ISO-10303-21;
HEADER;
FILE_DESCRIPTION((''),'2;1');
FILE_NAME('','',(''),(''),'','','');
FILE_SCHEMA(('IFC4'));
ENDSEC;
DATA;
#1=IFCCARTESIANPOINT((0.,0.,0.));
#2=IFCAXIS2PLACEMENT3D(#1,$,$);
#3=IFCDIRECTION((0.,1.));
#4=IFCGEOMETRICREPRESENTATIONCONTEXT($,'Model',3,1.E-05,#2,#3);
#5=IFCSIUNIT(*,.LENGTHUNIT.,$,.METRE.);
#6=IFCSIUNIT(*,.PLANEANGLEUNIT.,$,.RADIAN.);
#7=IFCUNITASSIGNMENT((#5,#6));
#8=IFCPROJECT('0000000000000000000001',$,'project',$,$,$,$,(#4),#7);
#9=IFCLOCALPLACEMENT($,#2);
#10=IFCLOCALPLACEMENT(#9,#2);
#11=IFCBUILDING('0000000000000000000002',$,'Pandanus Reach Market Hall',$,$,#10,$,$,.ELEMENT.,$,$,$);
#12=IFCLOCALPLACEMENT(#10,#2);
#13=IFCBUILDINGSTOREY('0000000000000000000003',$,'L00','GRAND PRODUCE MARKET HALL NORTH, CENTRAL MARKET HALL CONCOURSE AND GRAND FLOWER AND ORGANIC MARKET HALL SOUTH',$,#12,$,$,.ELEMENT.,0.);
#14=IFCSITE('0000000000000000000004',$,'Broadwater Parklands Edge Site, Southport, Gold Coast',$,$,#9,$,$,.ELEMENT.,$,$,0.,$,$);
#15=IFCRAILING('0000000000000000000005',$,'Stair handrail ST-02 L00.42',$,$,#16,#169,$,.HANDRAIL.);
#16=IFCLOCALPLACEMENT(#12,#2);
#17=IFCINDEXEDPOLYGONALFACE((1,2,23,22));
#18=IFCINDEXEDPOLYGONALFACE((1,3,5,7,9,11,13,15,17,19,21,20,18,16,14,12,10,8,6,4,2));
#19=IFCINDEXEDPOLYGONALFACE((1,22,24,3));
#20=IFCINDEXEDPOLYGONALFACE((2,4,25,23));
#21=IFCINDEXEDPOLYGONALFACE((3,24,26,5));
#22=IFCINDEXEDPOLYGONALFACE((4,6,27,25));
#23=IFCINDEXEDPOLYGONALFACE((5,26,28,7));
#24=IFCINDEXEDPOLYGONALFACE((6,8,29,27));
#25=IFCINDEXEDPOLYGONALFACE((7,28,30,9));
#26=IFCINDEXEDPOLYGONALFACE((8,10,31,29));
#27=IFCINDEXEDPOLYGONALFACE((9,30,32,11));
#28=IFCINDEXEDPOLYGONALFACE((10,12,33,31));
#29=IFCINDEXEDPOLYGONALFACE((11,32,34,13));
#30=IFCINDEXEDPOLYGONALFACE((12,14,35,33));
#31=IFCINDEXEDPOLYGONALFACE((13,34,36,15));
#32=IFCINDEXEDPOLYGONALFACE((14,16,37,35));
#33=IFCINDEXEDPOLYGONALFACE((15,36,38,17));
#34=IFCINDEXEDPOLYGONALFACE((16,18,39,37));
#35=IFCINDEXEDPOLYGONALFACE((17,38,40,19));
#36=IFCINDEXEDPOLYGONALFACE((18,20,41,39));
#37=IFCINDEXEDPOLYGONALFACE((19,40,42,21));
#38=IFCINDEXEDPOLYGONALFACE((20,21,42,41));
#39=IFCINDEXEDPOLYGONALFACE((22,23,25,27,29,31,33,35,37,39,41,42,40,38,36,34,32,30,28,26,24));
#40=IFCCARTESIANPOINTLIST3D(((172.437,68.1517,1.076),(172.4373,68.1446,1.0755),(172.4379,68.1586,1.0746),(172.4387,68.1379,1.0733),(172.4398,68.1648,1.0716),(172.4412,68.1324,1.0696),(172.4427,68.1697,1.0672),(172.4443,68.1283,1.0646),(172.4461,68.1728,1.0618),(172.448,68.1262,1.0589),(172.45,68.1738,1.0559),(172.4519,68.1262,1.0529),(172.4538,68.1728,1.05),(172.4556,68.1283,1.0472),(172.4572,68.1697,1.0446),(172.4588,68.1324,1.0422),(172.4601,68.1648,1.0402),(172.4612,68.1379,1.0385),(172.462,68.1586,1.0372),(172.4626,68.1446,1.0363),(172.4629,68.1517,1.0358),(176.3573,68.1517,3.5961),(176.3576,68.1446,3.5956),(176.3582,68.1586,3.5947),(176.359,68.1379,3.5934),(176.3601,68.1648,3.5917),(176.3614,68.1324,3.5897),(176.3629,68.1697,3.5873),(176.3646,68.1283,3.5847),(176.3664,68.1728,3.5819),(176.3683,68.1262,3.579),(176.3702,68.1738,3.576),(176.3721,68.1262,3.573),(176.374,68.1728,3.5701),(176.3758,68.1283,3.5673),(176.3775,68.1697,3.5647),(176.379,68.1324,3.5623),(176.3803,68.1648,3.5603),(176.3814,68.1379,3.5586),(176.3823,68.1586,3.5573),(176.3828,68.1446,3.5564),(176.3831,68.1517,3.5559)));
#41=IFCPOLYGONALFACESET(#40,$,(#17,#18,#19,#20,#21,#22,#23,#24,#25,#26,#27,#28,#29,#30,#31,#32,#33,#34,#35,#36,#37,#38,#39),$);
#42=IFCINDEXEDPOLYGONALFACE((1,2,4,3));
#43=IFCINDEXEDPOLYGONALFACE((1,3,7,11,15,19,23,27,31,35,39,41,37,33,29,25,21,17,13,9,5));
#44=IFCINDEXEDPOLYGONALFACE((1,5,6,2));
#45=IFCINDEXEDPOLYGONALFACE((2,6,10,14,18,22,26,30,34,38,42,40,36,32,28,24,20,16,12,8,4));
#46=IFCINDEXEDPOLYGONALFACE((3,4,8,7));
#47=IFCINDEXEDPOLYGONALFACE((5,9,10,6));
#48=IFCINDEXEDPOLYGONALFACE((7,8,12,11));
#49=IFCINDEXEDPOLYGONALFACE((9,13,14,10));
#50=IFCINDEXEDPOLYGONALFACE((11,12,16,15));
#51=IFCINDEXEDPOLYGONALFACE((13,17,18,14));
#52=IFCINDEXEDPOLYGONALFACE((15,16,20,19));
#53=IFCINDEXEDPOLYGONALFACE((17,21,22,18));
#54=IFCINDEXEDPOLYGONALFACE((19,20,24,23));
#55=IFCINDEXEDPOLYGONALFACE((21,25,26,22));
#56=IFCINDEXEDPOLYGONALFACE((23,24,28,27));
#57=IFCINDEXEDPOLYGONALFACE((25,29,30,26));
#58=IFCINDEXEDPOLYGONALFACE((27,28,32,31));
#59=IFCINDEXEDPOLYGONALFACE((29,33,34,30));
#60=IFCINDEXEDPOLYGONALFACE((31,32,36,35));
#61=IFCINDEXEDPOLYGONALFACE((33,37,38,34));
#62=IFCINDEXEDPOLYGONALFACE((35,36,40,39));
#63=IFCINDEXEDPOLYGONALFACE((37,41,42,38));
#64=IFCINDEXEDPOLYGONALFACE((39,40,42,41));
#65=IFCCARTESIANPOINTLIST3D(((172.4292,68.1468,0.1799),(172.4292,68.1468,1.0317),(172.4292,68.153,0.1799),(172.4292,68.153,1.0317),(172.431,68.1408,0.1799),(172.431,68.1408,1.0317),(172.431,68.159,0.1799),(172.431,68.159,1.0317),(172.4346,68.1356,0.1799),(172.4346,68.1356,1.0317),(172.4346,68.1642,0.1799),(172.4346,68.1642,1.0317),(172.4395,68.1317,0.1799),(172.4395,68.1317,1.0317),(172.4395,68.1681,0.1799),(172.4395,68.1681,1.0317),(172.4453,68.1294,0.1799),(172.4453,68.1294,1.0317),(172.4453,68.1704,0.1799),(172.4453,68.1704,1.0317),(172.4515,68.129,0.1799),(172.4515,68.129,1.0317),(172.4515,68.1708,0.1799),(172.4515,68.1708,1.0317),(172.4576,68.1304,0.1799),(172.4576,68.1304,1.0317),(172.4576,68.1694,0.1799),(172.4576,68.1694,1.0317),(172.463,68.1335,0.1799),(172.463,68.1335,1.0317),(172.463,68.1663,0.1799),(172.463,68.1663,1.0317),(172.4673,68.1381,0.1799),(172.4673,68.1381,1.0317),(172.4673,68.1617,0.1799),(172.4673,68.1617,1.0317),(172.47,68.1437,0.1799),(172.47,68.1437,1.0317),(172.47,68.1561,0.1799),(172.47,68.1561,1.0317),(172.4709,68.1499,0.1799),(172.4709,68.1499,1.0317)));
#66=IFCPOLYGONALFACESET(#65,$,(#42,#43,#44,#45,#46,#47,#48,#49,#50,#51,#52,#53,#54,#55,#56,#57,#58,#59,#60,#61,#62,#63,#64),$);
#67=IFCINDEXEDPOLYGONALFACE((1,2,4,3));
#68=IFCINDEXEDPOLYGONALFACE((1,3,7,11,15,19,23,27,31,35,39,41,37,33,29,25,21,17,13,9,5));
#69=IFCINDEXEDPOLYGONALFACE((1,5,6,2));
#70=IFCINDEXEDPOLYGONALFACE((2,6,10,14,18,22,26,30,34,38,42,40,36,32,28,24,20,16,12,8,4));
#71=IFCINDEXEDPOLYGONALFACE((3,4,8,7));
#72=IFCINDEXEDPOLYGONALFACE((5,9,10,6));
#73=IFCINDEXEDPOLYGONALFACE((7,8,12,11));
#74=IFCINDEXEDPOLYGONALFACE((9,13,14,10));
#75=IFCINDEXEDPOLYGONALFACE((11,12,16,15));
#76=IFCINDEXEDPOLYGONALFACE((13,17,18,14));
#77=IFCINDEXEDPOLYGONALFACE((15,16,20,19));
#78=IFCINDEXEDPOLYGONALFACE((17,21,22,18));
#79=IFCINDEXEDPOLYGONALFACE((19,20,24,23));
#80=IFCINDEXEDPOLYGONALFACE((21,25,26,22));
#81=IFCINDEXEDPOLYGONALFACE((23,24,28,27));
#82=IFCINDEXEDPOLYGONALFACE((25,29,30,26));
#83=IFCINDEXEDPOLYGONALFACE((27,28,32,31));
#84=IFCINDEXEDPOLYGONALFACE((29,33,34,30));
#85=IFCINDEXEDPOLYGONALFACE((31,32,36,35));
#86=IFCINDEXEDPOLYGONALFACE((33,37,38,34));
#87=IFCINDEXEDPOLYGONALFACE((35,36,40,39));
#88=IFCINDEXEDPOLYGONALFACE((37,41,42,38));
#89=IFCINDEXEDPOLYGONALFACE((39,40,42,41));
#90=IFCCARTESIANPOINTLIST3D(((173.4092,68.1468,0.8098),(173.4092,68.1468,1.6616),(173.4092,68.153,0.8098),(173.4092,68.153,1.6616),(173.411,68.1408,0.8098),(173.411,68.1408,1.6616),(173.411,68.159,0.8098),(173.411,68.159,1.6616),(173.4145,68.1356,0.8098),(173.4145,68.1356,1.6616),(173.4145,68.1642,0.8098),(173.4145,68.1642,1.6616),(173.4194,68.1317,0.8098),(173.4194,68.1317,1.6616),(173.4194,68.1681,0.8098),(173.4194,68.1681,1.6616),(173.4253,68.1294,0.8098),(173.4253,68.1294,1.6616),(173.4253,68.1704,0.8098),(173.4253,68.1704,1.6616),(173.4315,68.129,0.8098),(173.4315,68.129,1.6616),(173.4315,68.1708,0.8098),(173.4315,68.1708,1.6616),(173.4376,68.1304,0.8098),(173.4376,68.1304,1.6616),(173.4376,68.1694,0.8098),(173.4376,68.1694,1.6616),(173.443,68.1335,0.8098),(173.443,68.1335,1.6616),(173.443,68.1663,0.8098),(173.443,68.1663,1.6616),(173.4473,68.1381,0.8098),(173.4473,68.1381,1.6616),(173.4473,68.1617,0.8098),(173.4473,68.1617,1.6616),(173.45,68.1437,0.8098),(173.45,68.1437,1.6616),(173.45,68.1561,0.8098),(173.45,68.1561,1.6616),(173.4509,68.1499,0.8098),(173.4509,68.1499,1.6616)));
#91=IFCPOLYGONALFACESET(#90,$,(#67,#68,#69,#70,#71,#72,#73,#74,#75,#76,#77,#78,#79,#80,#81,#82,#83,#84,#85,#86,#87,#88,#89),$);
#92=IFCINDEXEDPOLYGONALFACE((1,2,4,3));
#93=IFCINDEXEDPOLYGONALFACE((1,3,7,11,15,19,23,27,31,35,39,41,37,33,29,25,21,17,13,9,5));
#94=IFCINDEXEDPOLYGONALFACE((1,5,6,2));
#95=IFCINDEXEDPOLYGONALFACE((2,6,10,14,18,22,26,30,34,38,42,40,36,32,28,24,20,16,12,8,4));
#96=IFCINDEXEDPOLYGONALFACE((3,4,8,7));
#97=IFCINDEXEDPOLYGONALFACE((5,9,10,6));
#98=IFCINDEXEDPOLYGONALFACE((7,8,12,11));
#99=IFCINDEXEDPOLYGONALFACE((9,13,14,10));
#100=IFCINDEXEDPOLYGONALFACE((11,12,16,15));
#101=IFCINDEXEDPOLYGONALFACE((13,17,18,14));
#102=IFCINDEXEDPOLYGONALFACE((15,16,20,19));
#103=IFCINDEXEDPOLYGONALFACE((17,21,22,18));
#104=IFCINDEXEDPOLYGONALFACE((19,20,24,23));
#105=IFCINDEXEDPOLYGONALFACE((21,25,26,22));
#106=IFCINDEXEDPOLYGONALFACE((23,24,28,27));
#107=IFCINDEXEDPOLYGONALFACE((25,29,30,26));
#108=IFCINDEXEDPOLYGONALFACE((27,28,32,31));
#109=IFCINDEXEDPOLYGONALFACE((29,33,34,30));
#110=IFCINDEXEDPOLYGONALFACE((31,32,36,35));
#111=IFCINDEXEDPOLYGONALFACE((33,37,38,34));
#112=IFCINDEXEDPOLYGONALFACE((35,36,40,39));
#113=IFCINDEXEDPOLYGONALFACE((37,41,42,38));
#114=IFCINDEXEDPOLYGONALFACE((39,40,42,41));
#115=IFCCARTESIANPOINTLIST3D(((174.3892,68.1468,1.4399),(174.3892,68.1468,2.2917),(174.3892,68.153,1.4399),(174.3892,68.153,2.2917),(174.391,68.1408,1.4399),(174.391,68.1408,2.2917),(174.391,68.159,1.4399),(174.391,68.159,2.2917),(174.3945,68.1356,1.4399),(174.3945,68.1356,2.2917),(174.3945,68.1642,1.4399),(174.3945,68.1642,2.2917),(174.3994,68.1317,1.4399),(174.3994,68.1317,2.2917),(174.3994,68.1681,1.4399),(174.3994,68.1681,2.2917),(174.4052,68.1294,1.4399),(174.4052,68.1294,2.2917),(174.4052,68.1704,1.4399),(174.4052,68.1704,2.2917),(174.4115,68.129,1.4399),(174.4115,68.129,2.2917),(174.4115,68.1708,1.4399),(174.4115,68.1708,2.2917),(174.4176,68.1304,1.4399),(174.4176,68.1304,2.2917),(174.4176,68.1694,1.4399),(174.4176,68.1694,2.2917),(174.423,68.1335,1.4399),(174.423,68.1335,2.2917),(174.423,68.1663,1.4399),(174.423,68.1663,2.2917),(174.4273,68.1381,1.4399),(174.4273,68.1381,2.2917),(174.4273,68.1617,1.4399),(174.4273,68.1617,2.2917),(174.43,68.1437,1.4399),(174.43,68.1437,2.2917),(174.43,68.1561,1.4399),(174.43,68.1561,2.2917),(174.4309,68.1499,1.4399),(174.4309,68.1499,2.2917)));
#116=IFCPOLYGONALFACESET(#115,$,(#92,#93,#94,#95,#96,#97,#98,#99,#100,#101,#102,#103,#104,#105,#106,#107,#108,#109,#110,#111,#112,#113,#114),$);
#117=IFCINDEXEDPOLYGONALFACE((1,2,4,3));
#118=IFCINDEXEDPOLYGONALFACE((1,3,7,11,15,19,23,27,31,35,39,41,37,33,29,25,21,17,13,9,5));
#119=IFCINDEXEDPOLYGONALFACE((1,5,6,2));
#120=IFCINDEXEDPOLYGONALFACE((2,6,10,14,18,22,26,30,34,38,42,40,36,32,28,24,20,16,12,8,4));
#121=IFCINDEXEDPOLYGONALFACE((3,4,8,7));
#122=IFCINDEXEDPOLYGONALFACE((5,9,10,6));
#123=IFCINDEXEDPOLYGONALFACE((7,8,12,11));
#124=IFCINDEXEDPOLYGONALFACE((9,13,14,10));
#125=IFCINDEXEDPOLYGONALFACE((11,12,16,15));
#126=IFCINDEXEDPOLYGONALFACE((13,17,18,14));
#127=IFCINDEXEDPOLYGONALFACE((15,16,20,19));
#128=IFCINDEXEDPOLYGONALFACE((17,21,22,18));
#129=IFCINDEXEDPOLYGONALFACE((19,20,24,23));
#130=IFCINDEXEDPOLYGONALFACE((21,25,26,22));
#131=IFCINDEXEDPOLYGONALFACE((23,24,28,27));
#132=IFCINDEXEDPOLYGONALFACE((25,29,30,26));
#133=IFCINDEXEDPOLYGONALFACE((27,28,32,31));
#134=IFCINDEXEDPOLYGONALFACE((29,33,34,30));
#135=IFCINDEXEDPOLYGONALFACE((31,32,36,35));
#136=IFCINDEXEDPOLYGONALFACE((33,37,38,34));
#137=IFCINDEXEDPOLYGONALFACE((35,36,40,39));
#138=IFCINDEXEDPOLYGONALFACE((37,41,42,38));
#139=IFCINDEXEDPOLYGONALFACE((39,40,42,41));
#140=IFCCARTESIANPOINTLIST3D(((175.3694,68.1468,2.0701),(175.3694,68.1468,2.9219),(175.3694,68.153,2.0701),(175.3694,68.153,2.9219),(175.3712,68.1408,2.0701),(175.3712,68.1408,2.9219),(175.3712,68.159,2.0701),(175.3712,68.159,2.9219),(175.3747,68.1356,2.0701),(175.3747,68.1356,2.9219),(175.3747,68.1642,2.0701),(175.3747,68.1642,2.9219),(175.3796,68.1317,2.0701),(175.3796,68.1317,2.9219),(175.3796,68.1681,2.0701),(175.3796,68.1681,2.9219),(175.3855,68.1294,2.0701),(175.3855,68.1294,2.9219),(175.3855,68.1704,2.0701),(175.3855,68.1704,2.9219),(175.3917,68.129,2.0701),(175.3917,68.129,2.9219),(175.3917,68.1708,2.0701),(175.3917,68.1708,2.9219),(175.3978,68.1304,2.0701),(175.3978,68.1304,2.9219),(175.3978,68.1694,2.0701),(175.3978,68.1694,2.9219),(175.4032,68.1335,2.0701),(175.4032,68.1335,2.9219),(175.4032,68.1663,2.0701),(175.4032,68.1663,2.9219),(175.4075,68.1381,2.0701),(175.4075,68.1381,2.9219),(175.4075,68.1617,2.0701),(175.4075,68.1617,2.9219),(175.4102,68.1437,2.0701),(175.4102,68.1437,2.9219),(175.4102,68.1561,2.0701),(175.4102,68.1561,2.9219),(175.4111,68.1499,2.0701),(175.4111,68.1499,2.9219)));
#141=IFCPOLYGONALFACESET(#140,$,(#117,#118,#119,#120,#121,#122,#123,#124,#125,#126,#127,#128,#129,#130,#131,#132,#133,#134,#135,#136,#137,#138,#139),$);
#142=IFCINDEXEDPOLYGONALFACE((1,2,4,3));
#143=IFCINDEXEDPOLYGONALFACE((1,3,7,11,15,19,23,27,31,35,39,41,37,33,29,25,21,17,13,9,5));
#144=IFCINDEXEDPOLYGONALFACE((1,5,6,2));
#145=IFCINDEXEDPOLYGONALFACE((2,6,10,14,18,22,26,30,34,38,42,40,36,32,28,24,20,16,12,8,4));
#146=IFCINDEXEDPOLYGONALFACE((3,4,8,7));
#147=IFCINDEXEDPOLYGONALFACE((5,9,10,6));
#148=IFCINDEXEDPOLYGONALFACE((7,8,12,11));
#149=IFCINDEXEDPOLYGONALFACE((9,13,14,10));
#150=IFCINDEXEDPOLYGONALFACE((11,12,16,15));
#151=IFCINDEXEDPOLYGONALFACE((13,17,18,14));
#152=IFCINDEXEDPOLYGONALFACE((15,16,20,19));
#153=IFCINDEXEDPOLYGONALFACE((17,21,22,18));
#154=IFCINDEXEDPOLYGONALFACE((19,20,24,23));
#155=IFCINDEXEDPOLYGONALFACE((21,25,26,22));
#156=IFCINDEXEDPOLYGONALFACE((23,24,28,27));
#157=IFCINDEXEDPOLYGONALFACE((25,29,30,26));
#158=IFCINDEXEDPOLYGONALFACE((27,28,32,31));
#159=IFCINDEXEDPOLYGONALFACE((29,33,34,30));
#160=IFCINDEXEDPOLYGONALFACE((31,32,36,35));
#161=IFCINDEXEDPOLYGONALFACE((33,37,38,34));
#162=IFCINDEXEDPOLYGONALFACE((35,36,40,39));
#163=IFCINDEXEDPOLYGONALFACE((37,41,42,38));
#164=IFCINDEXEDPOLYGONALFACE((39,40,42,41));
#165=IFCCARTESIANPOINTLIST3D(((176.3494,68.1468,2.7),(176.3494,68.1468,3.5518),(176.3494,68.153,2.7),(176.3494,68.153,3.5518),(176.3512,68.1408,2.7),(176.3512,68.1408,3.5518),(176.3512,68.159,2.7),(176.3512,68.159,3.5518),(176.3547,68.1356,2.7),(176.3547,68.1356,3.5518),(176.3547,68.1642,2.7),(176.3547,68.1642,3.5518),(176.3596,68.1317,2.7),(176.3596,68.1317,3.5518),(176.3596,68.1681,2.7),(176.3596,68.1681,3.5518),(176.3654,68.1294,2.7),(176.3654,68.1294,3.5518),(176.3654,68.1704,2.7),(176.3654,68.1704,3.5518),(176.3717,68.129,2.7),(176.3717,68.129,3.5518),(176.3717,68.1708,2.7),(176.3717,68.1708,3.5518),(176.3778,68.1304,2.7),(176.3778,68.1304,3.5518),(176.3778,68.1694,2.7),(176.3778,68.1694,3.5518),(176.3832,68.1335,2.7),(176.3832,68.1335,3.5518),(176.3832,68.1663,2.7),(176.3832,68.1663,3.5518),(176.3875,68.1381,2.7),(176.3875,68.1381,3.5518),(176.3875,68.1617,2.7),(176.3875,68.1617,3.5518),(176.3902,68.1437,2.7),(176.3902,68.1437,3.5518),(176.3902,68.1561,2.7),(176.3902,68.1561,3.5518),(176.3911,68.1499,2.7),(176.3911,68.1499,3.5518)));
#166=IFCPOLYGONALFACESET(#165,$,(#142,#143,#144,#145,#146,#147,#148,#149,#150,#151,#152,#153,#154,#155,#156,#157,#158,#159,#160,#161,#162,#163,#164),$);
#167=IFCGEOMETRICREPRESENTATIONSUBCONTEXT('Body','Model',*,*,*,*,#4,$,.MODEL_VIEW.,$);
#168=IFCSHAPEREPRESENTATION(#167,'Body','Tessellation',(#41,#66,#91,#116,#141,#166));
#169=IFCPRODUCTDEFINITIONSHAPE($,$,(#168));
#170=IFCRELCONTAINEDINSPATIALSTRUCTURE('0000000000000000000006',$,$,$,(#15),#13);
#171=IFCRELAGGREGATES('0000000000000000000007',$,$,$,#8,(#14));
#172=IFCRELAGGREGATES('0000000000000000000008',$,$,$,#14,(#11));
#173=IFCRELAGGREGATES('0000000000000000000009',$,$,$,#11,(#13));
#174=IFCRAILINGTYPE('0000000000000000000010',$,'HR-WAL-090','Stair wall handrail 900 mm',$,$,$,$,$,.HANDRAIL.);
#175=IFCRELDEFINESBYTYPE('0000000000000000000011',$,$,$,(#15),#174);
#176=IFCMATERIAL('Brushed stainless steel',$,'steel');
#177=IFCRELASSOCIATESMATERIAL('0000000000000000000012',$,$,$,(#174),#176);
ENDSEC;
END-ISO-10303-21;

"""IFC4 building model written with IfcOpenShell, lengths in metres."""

from ifc_helpers import new_model, si_unit, direction, frame, origin, origin_2d, place, context, subcontext, project, spatial, circle, extrude, material, type_object, element, save


model = new_model("IFC4")

# Units and contexts
model_context = context("Model", 3, precision=1e-05, world=origin(), true_north=direction((0.0, 1.0)))
body_context = subcontext(model_context, "Body", "Model", "MODEL_VIEW")
ifc_project = project(units=[si_unit("LENGTHUNIT", "METRE"), si_unit("PLANEANGLEUNIT", "RADIAN")], contexts=[model_context])

# Site, building, storey
site_placement = place(None, origin())
site = spatial("IfcSite", under=ifc_project, at=site_placement, Name="Broadwater Parklands Edge Site, Southport, Gold Coast", CompositionType="ELEMENT", RefElevation=0.0)
building_placement = place(site_placement, origin())
building = spatial("IfcBuilding", under=site, at=building_placement, Name="Pandanus Reach Market Hall", CompositionType="ELEMENT")
storey_placement = place(building_placement, origin())
storey = spatial("IfcBuildingStorey", under=building, at=storey_placement, Name="L00", Description="GRAND PRODUCE MARKET HALL NORTH, CENTRAL MARKET HALL CONCOURSE AND GRAND FLOWER AND ORGANIC MARKET HALL SOUTH", CompositionType="ELEMENT", Elevation=0.0)

# Railing
ifc_material_1 = material(Name="Brushed stainless steel", Category="steel")
railing_type_1 = type_object("IfcRailingType", Name="HR-WAL-090", Description="Stair wall handrail 900 mm", PredefinedType="HANDRAIL", material=ifc_material_1)
railing_1_placement = place(storey_placement, frame((172.45, 68.1499, 0.1799)))
element("IfcRailing", 1, at=railing_1_placement, inside=storey, type_object=railing_type_1, Name="Stair handrail ST-02 L00.42", PredefinedType="HANDRAIL", context=body_context, shape_type="SweptSolid", body=[
    extrude(circle(Radius=0.0239, at=origin_2d()), frame((0.0, 0.0, 0.876), z_axis=(0.841187, 0.0, 0.540744), x_axis=(0.0, 1.0, 0.0)), (0.0, 0.0, 1.0), 4.6604),
    extrude(circle(Radius=0.021, at=origin_2d()), origin(), (0.0, 0.0, 1.0), 0.8518),
    extrude(circle(Radius=0.021, at=origin_2d()), frame((0.98, 0.0, 0.6299)), (0.0, 0.0, 1.0), 0.8518),
    extrude(circle(Radius=0.021, at=origin_2d()), frame((1.96, 0.0, 1.26)), (0.0, 0.0, 1.0), 0.8518),
    extrude(circle(Radius=0.021, at=origin_2d()), frame((2.9402, 0.0, 1.8901)), (0.0, 0.0, 1.0), 0.8518),
    extrude(circle(Radius=0.021, at=origin_2d()), frame((3.9202, 0.0, 2.52)), (0.0, 0.0, 1.0), 0.8518),
])

save(model, "model.ifc")
